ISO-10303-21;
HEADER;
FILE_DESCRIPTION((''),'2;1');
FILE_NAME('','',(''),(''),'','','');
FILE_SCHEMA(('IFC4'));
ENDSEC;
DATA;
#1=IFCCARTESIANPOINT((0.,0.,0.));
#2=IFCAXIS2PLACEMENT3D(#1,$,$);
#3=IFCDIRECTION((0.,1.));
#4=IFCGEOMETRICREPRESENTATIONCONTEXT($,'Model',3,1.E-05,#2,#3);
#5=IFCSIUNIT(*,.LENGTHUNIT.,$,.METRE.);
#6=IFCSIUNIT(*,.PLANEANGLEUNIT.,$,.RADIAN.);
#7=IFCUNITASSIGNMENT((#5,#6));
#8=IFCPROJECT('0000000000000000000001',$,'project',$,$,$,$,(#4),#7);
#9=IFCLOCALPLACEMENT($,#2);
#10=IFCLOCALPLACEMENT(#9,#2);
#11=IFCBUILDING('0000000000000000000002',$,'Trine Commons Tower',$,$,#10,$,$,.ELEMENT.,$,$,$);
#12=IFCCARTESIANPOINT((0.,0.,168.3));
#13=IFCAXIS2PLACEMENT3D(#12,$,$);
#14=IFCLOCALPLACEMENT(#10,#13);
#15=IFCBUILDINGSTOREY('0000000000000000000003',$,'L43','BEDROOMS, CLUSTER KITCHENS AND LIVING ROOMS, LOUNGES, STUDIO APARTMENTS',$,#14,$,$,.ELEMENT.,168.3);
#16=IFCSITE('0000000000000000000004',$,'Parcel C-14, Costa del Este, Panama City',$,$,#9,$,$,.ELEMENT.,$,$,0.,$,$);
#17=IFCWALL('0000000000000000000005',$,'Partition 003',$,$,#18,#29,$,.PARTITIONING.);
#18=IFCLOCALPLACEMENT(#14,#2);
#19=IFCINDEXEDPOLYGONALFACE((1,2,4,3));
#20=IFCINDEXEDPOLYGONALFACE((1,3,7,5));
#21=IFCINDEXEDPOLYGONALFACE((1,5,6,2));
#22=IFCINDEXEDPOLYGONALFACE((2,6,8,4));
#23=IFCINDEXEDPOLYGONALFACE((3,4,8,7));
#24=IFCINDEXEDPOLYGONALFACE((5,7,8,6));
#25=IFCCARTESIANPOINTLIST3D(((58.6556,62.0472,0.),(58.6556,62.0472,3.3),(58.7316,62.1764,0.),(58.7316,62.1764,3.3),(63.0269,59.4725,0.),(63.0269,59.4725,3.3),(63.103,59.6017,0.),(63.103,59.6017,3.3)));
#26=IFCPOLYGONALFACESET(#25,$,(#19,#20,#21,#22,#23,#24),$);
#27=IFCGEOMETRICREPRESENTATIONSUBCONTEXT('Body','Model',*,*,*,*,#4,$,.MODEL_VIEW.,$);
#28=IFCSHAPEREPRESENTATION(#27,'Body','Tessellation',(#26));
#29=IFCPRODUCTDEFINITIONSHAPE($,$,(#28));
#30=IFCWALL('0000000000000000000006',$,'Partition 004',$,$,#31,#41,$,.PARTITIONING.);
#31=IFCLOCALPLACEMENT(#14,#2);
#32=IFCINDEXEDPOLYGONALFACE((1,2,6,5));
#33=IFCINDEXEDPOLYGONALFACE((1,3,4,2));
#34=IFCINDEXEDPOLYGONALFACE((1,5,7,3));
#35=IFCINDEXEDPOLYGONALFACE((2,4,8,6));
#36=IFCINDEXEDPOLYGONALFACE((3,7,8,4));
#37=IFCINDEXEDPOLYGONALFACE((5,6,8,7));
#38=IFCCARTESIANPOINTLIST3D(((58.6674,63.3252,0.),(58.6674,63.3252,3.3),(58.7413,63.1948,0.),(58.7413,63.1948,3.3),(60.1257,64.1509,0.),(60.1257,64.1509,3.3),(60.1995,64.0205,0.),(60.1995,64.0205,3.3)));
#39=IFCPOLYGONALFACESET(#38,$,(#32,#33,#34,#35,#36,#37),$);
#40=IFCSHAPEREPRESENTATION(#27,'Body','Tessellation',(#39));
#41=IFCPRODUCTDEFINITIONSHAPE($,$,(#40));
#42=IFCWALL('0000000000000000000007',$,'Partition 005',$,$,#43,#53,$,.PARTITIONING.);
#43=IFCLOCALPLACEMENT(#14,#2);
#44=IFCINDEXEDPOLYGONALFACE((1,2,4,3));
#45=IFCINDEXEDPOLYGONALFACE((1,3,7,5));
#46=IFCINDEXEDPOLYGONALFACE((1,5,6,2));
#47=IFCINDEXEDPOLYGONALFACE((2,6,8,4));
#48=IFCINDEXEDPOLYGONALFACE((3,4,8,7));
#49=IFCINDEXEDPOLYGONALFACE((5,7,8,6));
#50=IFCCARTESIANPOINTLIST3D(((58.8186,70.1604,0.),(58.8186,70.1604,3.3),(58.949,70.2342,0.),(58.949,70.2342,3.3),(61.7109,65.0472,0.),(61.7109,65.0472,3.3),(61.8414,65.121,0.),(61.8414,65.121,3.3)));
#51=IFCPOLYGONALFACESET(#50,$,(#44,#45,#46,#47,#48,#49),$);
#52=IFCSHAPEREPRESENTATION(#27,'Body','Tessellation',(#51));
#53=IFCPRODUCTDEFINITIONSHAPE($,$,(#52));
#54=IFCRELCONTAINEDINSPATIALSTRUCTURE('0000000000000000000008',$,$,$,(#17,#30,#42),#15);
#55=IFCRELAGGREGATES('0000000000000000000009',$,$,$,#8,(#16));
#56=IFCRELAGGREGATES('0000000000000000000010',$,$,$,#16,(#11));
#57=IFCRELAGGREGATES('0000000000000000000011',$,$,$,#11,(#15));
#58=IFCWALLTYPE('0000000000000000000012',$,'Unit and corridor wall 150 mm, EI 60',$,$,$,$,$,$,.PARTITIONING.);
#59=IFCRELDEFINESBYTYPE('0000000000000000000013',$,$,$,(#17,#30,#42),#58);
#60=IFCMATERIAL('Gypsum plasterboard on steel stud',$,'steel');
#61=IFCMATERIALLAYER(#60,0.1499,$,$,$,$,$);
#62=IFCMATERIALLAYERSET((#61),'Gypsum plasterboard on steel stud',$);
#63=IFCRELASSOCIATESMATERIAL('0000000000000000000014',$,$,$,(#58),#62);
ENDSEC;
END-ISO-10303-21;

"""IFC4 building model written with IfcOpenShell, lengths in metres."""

from ifc_helpers import new_model, si_unit, direction, frame, frame_2d, origin, place, context, subcontext, project, spatial, rectangle, extrude, material, layer, layer_set, type_object, element, save


model = new_model("IFC4")

# Units and contexts
model_context = context("Model", 3, precision=1e-05, world=origin(), true_north=direction((0.0, 1.0)))
body_context = subcontext(model_context, "Body", "Model", "MODEL_VIEW")
ifc_project = project(units=[si_unit("LENGTHUNIT", "METRE"), si_unit("PLANEANGLEUNIT", "RADIAN")], contexts=[model_context])

# Site, building, storey
site_placement = place(None, origin())
site = spatial("IfcSite", under=ifc_project, at=site_placement, Name="Parcel C-14, Costa del Este, Panama City", CompositionType="ELEMENT", RefElevation=0.0)
building_placement = place(site_placement, origin())
building = spatial("IfcBuilding", under=site, at=building_placement, Name="Trine Commons Tower", CompositionType="ELEMENT")
storey_placement = place(building_placement, frame((0.0, 0.0, 168.3)))
storey = spatial("IfcBuildingStorey", under=building, at=storey_placement, Name="L43", Description="BEDROOMS, CLUSTER KITCHENS AND LIVING ROOMS, LOUNGES, STUDIO APARTMENTS", CompositionType="ELEMENT", Elevation=168.3)

# Shared definitions
ifc_material_1 = material(Name="Gypsum plasterboard on steel stud", Category="steel")
ifc_layer_1 = layer(ifc_material_1, 0.1499)
ifc_layer_set_1 = layer_set([ifc_layer_1], Name="Gypsum plasterboard on steel stud")
wall_type_1 = type_object("IfcWallType", Name="Unit and corridor wall 150 mm, EI 60", PredefinedType="PARTITIONING", material=ifc_layer_set_1)

# Walls
wall_1_placement = place(storey_placement, frame((58.6936, 62.1118, 0.0), z_axis=(0.0, 0.0, 1.0), x_axis=(0.861647, -0.507508, 0.0)))
element("IfcWall", 1, at=wall_1_placement, inside=storey, type_object=wall_type_1, Name="Partition 003", PredefinedType="PARTITIONING", context=body_context, shape_type="SweptSolid", body=[
    extrude(rectangle(XDim=5.0732, YDim=0.1499, at=frame_2d((2.5366, 0.0))), origin(), (0.0, 0.0, 1.0), 3.3),
])
wall_2_placement = place(storey_placement, frame((58.7043, 63.26, 0.0), z_axis=(0.0, 0.0, 1.0), x_axis=(0.870191, 0.492715, 0.0)))
element("IfcWall", 2, at=wall_2_placement, inside=storey, type_object=wall_type_1, Name="Partition 004", PredefinedType="PARTITIONING", context=body_context, shape_type="SweptSolid", body=[
    extrude(rectangle(XDim=1.6758, YDim=0.1499, at=frame_2d((0.8379, 0.0))), origin(), (0.0, 0.0, 1.0), 3.3),
])
wall_3_placement = place(storey_placement, frame((58.8838, 70.1973, 0.0), z_axis=(0.0, 0.0, 1.0), x_axis=(0.492361, -0.870391, 0.0)))
element("IfcWall", 3, at=wall_3_placement, inside=storey, type_object=wall_type_1, Name="Partition 005", PredefinedType="PARTITIONING", context=body_context, shape_type="SweptSolid", body=[
    extrude(rectangle(XDim=5.8745, YDim=0.1499, at=frame_2d((2.9373, 0.0))), origin(), (0.0, 0.0, 1.0), 3.3),
])

save(model, "model.ifc")
